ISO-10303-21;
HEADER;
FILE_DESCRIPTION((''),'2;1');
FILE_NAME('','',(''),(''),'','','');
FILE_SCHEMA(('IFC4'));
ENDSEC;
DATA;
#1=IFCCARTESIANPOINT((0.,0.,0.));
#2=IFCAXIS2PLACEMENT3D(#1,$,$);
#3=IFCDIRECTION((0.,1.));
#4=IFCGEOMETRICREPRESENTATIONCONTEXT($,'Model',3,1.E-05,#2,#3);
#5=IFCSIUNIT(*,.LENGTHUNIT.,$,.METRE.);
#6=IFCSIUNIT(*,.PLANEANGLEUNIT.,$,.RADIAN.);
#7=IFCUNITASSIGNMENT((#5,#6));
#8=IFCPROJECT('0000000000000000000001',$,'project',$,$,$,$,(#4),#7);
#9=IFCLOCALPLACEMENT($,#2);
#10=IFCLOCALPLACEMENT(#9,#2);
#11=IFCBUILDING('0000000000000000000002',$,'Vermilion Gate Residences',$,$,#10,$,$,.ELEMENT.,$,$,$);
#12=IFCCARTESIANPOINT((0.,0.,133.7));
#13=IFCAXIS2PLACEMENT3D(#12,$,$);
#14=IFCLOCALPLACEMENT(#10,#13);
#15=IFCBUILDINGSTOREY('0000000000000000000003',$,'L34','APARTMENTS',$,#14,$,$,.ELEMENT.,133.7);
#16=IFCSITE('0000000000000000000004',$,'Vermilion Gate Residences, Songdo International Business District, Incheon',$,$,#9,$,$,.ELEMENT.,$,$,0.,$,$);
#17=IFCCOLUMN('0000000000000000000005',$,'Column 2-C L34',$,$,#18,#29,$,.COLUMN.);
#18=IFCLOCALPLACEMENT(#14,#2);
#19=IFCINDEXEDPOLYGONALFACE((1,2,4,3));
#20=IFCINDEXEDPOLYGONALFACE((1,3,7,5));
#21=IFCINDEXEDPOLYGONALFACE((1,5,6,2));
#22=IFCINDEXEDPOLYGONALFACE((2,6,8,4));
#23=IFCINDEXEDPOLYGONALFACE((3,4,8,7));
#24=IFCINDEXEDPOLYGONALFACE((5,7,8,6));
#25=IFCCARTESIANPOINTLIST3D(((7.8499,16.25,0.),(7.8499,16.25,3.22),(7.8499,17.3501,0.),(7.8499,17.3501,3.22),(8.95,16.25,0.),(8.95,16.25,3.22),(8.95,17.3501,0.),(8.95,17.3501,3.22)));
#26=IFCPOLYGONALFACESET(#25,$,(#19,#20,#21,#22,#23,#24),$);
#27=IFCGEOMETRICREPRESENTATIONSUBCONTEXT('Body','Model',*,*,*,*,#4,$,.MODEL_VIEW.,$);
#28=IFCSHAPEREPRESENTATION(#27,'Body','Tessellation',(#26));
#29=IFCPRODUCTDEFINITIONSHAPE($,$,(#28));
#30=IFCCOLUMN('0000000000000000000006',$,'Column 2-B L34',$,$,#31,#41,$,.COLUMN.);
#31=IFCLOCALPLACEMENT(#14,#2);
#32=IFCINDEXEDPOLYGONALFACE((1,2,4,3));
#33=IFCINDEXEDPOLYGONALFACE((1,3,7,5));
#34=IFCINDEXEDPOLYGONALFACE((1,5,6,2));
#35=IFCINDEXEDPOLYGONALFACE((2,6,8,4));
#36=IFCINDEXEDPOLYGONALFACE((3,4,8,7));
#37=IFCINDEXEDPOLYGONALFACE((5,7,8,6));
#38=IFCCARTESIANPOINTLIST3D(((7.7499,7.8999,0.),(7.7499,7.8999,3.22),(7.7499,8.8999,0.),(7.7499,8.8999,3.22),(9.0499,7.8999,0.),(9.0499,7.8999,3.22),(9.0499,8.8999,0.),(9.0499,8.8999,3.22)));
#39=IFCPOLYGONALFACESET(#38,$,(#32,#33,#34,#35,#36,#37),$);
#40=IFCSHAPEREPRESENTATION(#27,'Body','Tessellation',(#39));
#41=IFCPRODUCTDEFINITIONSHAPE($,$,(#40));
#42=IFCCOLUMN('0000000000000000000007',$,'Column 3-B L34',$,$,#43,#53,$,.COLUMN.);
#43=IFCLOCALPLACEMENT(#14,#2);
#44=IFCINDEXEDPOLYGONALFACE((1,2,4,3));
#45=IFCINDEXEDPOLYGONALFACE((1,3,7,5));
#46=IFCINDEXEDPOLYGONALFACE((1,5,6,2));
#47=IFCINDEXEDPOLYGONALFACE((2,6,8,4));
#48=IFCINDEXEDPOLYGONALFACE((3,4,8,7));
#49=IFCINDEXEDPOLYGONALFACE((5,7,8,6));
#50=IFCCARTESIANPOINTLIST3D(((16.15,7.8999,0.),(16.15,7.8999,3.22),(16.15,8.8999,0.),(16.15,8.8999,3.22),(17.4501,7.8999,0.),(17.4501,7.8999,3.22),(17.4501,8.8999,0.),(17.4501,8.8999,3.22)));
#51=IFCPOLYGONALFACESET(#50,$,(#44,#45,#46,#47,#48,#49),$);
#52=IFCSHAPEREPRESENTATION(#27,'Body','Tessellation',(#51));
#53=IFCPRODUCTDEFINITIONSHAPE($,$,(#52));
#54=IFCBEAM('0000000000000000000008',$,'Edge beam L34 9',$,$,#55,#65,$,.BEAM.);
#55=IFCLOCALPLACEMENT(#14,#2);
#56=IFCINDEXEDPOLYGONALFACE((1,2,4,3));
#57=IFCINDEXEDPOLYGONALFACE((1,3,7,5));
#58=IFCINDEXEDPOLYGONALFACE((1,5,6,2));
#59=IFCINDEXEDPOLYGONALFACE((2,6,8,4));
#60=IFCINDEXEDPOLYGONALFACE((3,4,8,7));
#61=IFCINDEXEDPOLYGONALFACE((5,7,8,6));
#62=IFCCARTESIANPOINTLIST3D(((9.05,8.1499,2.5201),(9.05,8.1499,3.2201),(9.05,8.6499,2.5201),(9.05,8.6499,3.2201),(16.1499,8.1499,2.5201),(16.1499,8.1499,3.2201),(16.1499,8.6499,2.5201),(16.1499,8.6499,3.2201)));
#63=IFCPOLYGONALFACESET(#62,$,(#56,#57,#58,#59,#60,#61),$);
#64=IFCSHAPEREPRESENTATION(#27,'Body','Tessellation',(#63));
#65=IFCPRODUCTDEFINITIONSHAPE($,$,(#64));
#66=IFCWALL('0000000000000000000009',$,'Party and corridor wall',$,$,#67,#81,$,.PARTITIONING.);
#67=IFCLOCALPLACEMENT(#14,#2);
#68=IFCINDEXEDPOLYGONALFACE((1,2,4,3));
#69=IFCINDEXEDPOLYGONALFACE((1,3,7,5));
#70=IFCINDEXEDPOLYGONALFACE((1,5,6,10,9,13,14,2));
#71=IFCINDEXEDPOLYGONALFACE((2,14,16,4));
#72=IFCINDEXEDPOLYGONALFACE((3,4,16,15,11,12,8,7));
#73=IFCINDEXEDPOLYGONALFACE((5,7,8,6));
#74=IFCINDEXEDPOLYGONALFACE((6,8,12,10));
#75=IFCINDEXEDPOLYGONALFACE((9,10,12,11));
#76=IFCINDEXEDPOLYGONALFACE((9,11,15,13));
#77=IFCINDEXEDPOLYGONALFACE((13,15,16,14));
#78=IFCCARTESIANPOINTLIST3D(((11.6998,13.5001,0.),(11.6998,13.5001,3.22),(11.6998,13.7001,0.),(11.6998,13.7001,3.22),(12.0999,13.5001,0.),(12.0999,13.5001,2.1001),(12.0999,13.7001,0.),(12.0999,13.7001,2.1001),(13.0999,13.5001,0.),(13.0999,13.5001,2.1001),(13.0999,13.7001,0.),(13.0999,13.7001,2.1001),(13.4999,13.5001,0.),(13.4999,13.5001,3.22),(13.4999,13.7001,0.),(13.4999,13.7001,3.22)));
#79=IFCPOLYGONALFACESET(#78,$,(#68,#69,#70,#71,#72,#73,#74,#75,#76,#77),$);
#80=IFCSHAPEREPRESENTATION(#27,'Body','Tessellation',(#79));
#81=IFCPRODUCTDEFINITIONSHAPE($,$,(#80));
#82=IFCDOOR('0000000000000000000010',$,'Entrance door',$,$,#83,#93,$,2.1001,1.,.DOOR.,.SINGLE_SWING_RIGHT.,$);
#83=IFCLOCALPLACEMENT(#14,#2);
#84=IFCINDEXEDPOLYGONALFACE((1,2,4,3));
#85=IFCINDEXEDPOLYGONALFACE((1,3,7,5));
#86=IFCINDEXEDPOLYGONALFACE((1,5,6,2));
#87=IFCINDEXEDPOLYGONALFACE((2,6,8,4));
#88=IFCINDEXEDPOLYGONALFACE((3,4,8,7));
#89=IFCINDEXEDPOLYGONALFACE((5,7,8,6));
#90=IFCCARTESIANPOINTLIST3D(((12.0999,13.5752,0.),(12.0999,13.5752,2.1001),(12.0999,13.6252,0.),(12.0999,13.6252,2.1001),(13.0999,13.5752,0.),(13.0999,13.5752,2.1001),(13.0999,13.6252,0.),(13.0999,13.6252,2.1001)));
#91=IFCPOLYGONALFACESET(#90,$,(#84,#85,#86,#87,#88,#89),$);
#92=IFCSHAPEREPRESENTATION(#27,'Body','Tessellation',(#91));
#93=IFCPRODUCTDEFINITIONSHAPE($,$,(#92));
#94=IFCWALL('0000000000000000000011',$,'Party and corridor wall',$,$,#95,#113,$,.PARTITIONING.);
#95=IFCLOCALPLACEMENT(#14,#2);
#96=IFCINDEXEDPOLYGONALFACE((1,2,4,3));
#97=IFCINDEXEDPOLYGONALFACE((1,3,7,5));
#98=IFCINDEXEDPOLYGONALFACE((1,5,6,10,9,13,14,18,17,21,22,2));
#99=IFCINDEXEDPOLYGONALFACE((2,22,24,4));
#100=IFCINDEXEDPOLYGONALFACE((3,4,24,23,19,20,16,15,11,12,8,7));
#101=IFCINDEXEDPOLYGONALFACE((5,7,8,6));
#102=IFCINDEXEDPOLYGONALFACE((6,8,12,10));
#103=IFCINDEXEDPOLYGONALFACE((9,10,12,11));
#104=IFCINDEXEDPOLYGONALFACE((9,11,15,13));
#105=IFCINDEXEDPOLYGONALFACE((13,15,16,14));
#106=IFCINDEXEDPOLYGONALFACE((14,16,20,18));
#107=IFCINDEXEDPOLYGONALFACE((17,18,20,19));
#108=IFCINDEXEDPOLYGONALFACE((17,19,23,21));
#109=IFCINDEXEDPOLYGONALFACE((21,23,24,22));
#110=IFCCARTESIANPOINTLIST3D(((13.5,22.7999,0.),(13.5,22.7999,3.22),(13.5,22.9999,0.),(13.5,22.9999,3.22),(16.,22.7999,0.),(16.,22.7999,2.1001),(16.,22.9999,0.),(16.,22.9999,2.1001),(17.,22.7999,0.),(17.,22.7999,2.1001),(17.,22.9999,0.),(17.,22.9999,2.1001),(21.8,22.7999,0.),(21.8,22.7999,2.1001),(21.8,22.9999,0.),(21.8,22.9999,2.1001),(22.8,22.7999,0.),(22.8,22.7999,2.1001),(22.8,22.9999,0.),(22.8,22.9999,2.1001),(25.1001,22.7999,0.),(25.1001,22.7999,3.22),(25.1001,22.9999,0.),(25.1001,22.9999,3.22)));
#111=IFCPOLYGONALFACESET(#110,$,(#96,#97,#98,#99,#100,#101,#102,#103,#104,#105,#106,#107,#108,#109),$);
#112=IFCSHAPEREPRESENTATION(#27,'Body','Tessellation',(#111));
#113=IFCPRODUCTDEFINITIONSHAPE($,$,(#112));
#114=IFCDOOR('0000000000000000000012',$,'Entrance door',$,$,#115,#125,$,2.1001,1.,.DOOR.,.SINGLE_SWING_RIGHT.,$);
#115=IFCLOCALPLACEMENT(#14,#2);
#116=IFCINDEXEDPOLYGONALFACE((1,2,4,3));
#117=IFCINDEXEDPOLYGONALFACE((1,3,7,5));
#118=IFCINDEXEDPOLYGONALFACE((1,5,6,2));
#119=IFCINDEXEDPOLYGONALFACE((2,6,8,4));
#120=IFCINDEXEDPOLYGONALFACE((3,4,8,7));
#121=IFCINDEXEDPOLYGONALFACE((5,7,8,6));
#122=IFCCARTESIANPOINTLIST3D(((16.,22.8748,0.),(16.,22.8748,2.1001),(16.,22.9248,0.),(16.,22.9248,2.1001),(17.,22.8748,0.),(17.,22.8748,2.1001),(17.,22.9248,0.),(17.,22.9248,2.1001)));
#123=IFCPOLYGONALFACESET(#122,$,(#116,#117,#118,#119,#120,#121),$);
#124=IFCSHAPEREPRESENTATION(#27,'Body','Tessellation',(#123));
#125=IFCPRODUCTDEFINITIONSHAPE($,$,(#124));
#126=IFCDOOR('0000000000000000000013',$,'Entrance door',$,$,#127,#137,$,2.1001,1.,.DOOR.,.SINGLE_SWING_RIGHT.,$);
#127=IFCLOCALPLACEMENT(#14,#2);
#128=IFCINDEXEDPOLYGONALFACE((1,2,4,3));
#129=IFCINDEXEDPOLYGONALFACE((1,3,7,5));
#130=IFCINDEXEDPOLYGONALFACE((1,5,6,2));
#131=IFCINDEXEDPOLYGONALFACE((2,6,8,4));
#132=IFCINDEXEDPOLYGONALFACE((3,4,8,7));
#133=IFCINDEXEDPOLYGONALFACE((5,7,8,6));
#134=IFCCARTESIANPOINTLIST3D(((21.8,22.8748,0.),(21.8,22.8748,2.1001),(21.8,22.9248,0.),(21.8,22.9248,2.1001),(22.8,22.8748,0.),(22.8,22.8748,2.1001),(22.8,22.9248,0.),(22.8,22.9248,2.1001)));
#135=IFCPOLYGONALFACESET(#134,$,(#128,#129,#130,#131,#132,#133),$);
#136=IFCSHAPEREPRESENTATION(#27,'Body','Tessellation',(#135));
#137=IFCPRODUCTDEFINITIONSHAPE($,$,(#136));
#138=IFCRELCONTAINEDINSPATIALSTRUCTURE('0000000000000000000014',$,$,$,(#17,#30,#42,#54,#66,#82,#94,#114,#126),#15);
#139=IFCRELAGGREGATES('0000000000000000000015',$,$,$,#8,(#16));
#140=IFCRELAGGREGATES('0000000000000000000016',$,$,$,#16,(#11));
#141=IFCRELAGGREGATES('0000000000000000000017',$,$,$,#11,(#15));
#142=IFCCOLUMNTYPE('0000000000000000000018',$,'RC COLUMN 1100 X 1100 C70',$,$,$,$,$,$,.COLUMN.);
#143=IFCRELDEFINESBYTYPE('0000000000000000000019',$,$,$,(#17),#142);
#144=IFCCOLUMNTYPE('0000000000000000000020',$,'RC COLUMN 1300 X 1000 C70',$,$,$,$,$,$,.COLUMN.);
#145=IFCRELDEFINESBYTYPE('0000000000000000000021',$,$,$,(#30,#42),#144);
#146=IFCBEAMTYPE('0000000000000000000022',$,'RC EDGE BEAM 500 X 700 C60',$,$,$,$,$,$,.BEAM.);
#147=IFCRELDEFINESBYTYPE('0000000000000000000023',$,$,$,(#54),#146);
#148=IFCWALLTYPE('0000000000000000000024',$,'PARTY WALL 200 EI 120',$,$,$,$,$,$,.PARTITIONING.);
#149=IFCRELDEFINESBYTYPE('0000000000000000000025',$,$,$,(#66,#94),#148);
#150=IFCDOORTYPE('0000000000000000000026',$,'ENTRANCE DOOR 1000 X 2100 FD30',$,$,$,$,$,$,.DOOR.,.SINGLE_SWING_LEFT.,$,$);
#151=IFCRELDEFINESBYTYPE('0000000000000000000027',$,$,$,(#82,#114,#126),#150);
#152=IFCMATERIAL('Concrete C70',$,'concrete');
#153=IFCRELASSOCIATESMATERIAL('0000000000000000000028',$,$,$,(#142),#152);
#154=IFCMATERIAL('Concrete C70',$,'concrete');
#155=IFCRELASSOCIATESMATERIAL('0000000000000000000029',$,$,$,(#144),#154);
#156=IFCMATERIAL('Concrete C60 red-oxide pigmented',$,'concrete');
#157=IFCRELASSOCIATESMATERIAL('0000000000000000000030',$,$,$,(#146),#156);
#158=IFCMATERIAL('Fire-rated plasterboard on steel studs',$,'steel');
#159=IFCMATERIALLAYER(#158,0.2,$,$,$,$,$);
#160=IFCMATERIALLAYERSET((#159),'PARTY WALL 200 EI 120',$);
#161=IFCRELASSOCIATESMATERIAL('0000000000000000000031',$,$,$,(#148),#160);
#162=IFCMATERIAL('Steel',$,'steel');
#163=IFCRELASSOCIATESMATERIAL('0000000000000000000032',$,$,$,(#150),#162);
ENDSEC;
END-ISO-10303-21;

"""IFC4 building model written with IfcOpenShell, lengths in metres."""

from ifc_helpers import new_model, si_unit, direction, frame, frame_2d, origin, origin_2d, place, context, subcontext, project, spatial, rectangle, extrude, material, layer, layer_set, material_profile, profile_set, type_object, element, fill, save


model = new_model("IFC4")

# Units and contexts
model_context = context("Model", 3, precision=1e-05, world=origin(), true_north=direction((0.0, 1.0)))
body_context = subcontext(model_context, "Body", "Model", "MODEL_VIEW")
ifc_project = project(units=[si_unit("LENGTHUNIT", "METRE"), si_unit("PLANEANGLEUNIT", "RADIAN")], contexts=[model_context])

# Site, building, storey
site_placement = place(None, origin())
site = spatial("IfcSite", under=ifc_project, at=site_placement, Name="Vermilion Gate Residences, Songdo International Business District, Incheon", CompositionType="ELEMENT", RefElevation=0.0)
building_placement = place(site_placement, origin())
building = spatial("IfcBuilding", under=site, at=building_placement, Name="Vermilion Gate Residences", CompositionType="ELEMENT")
storey_placement = place(building_placement, frame((0.0, 0.0, 133.7)))
storey = spatial("IfcBuildingStorey", under=building, at=storey_placement, Name="L34", Description="APARTMENTS", CompositionType="ELEMENT", Elevation=133.7)

# Columns
ifc_material_1 = material(Name="Concrete C70", Category="concrete")
ifc_material_profile_1 = material_profile(ifc_material_1, rectangle(XDim=1.1001, YDim=1.1001, at=origin_2d()), Name="RC-1100x1100")
ifc_profile_set_1 = profile_set([ifc_material_profile_1], Name="Concrete C70")
column_type_1 = type_object("IfcColumnType", Name="RC COLUMN 1100 X 1100 C70", PredefinedType="COLUMN", material=ifc_profile_set_1)
column_placement = place(storey_placement, frame((8.3999, 16.8, 0.0), z_axis=(0.0, 0.0, 1.0), x_axis=(1.0, 0.0, 0.0)))
element("IfcColumn", 1, at=column_placement, inside=storey, type_object=column_type_1, Name="Column 2-C L34", PredefinedType="COLUMN", context=body_context, shape_type="SweptSolid", body=[
    extrude(rectangle(XDim=1.1001, YDim=1.1001, at=origin_2d()), origin(), (0.0, 0.0, 1.0), 3.22),
])
ifc_material_2 = material(Name="Concrete C70", Category="concrete")
ifc_material_profile_2 = material_profile(ifc_material_2, rectangle(XDim=1.3, YDim=1.0, at=origin_2d()), Name="RC-1300x1000")
ifc_profile_set_2 = profile_set([ifc_material_profile_2], Name="Concrete C70")
column_type_2 = type_object("IfcColumnType", Name="RC COLUMN 1300 X 1000 C70", PredefinedType="COLUMN", material=ifc_profile_set_2)
for number, where, z_axis, x_axis, name in (
    (2, (8.3999, 8.3999, 0.0), (0.0, 0.0, 1.0), (1.0, 0.0, 0.0), "Column 2-B L34"),
    (3, (16.8, 8.3999, 0.0), (0.0, 0.0, 1.0), (1.0, 0.0, 0.0), "Column 3-B L34"),
):
    element("IfcColumn", number, at=place(storey_placement, frame(where, z_axis=z_axis, x_axis=x_axis)), inside=storey, type_object=column_type_2, Name=name, PredefinedType="COLUMN", context=body_context, shape_type="SweptSolid", body=[
        extrude(rectangle(XDim=1.3, YDim=1.0, at=origin_2d()), origin(), (0.0, 0.0, 1.0), 3.22),
    ])

# Beam
ifc_material_3 = material(Name="Concrete C60 red-oxide pigmented", Category="concrete")
ifc_material_profile_3 = material_profile(ifc_material_3, rectangle(XDim=0.5, YDim=0.7, at=origin_2d()), Name="RC-500x700")
ifc_profile_set_3 = profile_set([ifc_material_profile_3], Name="Concrete C60 red-oxide pigmented")
beam_type = type_object("IfcBeamType", Name="RC EDGE BEAM 500 X 700 C60", PredefinedType="BEAM", material=ifc_profile_set_3)
beam_placement = place(storey_placement, frame((9.05, 8.3999, 2.8701), z_axis=(1.0, 0.0, 0.0), x_axis=(0.0, 1.0, 0.0)))
element("IfcBeam", 4, at=beam_placement, inside=storey, type_object=beam_type, Name="Edge beam L34 9", PredefinedType="BEAM", context=body_context, shape_type="SweptSolid", body=[
    extrude(rectangle(XDim=0.5, YDim=0.7, at=origin_2d()), origin(), (0.0, 0.0, 1.0), 7.0999),
])

# Wall, opening, door
ifc_material_4 = material(Name="Fire-rated plasterboard on steel studs", Category="steel")
ifc_layer_1 = layer(ifc_material_4, 0.2)
ifc_layer_set_1 = layer_set([ifc_layer_1], Name="PARTY WALL 200 EI 120")
wall_type_1 = type_object("IfcWallType", Name="PARTY WALL 200 EI 120", PredefinedType="PARTITIONING", material=ifc_layer_set_1)
wall_1_placement = place(storey_placement, frame((11.7, 13.6001, 0.0), z_axis=(0.0, 0.0, 1.0), x_axis=(1.0, 0.0, 0.0)))
wall_1 = element("IfcWall", 5, at=wall_1_placement, inside=storey, type_object=wall_type_1, Name="Party and corridor wall", PredefinedType="PARTITIONING", context=body_context, shape_type="SweptSolid", body=[
    extrude(rectangle(XDim=1.8, YDim=0.2, at=frame_2d((0.8999, 0.0))), origin(), (0.0, 0.0, 1.0), 3.22),
])
opening_1_placement = place(wall_1_placement, frame((0.3999, 0.0, 0.0)))
opening_1 = element("IfcOpeningElement", 6, at=opening_1_placement, cuts=wall_1, PredefinedType="OPENING", context=body_context, shape_type="SweptSolid", body=[
    extrude(rectangle(XDim=1.0, YDim=2.1001, at=frame_2d((0.5, 1.05))), frame((0.0, 0.1099, 0.0), z_axis=(0.0, -1.0, 0.0), x_axis=(1.0, 0.0, 0.0)), (0.0, 0.0, 1.0), 0.22),
])
ifc_material_5 = material(Name="Steel", Category="steel")
door_type_1 = type_object("IfcDoorType", Name="ENTRANCE DOOR 1000 X 2100 FD30", OperationType="SINGLE_SWING_LEFT", PredefinedType="DOOR", material=ifc_material_5)
door_1_placement = place(opening_1_placement, frame((1.0, 0.0, 0.0), z_axis=(0.0, 0.0, 1.0), x_axis=(-1.0, 0.0, 0.0)))
door_1 = element("IfcDoor", 7, at=door_1_placement, inside=storey, type_object=door_type_1, Name="Entrance door", OperationType="SINGLE_SWING_RIGHT", OverallHeight=2.1001, OverallWidth=1.0, PredefinedType="DOOR", context=body_context, shape_type="SweptSolid", body=[
    extrude(rectangle(XDim=1.0, YDim=2.1001, at=frame_2d((0.5, 1.05))), frame((0.0, 0.0249, 0.0), z_axis=(0.0, -1.0, 0.0), x_axis=(1.0, 0.0, 0.0)), (0.0, 0.0, 1.0), 0.05),
])
fill(opening_1, door_1)

# Wall, openings, doors
wall_2_placement = place(storey_placement, frame((13.5, 22.8999, 0.0), z_axis=(0.0, 0.0, 1.0), x_axis=(1.0, 0.0, 0.0)))
wall_2 = element("IfcWall", 8, at=wall_2_placement, inside=storey, type_object=wall_type_1, Name="Party and corridor wall", PredefinedType="PARTITIONING", context=body_context, shape_type="SweptSolid", body=[
    extrude(rectangle(XDim=11.6001, YDim=0.2, at=frame_2d((5.8, 0.0))), origin(), (0.0, 0.0, 1.0), 3.22),
])
opening_2_placement = place(wall_2_placement, frame((2.5, 0.0, 0.0)))
opening_2 = element("IfcOpeningElement", 9, at=opening_2_placement, cuts=wall_2, PredefinedType="OPENING", context=body_context, shape_type="SweptSolid", body=[
    extrude(rectangle(XDim=1.0, YDim=2.1001, at=frame_2d((0.5, 1.05))), frame((0.0, 0.1099, 0.0), z_axis=(0.0, -1.0, 0.0), x_axis=(1.0, 0.0, 0.0)), (0.0, 0.0, 1.0), 0.22),
])
opening_3_placement = place(wall_2_placement, frame((8.3, 0.0, 0.0)))
opening_3 = element("IfcOpeningElement", 10, at=opening_3_placement, cuts=wall_2, PredefinedType="OPENING", context=body_context, shape_type="SweptSolid", body=[
    extrude(rectangle(XDim=1.0, YDim=2.1001, at=frame_2d((0.5, 1.05))), frame((0.0, 0.1099, 0.0), z_axis=(0.0, -1.0, 0.0), x_axis=(1.0, 0.0, 0.0)), (0.0, 0.0, 1.0), 0.22),
])
door_2_placement = place(opening_2_placement, origin())
door_2 = element("IfcDoor", 11, at=door_2_placement, inside=storey, type_object=door_type_1, Name="Entrance door", OperationType="SINGLE_SWING_RIGHT", OverallHeight=2.1001, OverallWidth=1.0, PredefinedType="DOOR", context=body_context, shape_type="SweptSolid", body=[
    extrude(rectangle(XDim=1.0, YDim=2.1001, at=frame_2d((0.5, 1.05))), frame((0.0, 0.0249, 0.0), z_axis=(0.0, -1.0, 0.0), x_axis=(1.0, 0.0, 0.0)), (0.0, 0.0, 1.0), 0.05),
])
fill(opening_2, door_2)
door_3_placement = place(opening_3_placement, origin())
door_3 = element("IfcDoor", 12, at=door_3_placement, inside=storey, type_object=door_type_1, Name="Entrance door", OperationType="SINGLE_SWING_RIGHT", OverallHeight=2.1001, OverallWidth=1.0, PredefinedType="DOOR", context=body_context, shape_type="SweptSolid", body=[
    extrude(rectangle(XDim=1.0, YDim=2.1001, at=frame_2d((0.5, 1.05))), frame((0.0, 0.0249, 0.0), z_axis=(0.0, -1.0, 0.0), x_axis=(1.0, 0.0, 0.0)), (0.0, 0.0, 1.0), 0.05),
])
fill(opening_3, door_3)

save(model, "model.ifc")
